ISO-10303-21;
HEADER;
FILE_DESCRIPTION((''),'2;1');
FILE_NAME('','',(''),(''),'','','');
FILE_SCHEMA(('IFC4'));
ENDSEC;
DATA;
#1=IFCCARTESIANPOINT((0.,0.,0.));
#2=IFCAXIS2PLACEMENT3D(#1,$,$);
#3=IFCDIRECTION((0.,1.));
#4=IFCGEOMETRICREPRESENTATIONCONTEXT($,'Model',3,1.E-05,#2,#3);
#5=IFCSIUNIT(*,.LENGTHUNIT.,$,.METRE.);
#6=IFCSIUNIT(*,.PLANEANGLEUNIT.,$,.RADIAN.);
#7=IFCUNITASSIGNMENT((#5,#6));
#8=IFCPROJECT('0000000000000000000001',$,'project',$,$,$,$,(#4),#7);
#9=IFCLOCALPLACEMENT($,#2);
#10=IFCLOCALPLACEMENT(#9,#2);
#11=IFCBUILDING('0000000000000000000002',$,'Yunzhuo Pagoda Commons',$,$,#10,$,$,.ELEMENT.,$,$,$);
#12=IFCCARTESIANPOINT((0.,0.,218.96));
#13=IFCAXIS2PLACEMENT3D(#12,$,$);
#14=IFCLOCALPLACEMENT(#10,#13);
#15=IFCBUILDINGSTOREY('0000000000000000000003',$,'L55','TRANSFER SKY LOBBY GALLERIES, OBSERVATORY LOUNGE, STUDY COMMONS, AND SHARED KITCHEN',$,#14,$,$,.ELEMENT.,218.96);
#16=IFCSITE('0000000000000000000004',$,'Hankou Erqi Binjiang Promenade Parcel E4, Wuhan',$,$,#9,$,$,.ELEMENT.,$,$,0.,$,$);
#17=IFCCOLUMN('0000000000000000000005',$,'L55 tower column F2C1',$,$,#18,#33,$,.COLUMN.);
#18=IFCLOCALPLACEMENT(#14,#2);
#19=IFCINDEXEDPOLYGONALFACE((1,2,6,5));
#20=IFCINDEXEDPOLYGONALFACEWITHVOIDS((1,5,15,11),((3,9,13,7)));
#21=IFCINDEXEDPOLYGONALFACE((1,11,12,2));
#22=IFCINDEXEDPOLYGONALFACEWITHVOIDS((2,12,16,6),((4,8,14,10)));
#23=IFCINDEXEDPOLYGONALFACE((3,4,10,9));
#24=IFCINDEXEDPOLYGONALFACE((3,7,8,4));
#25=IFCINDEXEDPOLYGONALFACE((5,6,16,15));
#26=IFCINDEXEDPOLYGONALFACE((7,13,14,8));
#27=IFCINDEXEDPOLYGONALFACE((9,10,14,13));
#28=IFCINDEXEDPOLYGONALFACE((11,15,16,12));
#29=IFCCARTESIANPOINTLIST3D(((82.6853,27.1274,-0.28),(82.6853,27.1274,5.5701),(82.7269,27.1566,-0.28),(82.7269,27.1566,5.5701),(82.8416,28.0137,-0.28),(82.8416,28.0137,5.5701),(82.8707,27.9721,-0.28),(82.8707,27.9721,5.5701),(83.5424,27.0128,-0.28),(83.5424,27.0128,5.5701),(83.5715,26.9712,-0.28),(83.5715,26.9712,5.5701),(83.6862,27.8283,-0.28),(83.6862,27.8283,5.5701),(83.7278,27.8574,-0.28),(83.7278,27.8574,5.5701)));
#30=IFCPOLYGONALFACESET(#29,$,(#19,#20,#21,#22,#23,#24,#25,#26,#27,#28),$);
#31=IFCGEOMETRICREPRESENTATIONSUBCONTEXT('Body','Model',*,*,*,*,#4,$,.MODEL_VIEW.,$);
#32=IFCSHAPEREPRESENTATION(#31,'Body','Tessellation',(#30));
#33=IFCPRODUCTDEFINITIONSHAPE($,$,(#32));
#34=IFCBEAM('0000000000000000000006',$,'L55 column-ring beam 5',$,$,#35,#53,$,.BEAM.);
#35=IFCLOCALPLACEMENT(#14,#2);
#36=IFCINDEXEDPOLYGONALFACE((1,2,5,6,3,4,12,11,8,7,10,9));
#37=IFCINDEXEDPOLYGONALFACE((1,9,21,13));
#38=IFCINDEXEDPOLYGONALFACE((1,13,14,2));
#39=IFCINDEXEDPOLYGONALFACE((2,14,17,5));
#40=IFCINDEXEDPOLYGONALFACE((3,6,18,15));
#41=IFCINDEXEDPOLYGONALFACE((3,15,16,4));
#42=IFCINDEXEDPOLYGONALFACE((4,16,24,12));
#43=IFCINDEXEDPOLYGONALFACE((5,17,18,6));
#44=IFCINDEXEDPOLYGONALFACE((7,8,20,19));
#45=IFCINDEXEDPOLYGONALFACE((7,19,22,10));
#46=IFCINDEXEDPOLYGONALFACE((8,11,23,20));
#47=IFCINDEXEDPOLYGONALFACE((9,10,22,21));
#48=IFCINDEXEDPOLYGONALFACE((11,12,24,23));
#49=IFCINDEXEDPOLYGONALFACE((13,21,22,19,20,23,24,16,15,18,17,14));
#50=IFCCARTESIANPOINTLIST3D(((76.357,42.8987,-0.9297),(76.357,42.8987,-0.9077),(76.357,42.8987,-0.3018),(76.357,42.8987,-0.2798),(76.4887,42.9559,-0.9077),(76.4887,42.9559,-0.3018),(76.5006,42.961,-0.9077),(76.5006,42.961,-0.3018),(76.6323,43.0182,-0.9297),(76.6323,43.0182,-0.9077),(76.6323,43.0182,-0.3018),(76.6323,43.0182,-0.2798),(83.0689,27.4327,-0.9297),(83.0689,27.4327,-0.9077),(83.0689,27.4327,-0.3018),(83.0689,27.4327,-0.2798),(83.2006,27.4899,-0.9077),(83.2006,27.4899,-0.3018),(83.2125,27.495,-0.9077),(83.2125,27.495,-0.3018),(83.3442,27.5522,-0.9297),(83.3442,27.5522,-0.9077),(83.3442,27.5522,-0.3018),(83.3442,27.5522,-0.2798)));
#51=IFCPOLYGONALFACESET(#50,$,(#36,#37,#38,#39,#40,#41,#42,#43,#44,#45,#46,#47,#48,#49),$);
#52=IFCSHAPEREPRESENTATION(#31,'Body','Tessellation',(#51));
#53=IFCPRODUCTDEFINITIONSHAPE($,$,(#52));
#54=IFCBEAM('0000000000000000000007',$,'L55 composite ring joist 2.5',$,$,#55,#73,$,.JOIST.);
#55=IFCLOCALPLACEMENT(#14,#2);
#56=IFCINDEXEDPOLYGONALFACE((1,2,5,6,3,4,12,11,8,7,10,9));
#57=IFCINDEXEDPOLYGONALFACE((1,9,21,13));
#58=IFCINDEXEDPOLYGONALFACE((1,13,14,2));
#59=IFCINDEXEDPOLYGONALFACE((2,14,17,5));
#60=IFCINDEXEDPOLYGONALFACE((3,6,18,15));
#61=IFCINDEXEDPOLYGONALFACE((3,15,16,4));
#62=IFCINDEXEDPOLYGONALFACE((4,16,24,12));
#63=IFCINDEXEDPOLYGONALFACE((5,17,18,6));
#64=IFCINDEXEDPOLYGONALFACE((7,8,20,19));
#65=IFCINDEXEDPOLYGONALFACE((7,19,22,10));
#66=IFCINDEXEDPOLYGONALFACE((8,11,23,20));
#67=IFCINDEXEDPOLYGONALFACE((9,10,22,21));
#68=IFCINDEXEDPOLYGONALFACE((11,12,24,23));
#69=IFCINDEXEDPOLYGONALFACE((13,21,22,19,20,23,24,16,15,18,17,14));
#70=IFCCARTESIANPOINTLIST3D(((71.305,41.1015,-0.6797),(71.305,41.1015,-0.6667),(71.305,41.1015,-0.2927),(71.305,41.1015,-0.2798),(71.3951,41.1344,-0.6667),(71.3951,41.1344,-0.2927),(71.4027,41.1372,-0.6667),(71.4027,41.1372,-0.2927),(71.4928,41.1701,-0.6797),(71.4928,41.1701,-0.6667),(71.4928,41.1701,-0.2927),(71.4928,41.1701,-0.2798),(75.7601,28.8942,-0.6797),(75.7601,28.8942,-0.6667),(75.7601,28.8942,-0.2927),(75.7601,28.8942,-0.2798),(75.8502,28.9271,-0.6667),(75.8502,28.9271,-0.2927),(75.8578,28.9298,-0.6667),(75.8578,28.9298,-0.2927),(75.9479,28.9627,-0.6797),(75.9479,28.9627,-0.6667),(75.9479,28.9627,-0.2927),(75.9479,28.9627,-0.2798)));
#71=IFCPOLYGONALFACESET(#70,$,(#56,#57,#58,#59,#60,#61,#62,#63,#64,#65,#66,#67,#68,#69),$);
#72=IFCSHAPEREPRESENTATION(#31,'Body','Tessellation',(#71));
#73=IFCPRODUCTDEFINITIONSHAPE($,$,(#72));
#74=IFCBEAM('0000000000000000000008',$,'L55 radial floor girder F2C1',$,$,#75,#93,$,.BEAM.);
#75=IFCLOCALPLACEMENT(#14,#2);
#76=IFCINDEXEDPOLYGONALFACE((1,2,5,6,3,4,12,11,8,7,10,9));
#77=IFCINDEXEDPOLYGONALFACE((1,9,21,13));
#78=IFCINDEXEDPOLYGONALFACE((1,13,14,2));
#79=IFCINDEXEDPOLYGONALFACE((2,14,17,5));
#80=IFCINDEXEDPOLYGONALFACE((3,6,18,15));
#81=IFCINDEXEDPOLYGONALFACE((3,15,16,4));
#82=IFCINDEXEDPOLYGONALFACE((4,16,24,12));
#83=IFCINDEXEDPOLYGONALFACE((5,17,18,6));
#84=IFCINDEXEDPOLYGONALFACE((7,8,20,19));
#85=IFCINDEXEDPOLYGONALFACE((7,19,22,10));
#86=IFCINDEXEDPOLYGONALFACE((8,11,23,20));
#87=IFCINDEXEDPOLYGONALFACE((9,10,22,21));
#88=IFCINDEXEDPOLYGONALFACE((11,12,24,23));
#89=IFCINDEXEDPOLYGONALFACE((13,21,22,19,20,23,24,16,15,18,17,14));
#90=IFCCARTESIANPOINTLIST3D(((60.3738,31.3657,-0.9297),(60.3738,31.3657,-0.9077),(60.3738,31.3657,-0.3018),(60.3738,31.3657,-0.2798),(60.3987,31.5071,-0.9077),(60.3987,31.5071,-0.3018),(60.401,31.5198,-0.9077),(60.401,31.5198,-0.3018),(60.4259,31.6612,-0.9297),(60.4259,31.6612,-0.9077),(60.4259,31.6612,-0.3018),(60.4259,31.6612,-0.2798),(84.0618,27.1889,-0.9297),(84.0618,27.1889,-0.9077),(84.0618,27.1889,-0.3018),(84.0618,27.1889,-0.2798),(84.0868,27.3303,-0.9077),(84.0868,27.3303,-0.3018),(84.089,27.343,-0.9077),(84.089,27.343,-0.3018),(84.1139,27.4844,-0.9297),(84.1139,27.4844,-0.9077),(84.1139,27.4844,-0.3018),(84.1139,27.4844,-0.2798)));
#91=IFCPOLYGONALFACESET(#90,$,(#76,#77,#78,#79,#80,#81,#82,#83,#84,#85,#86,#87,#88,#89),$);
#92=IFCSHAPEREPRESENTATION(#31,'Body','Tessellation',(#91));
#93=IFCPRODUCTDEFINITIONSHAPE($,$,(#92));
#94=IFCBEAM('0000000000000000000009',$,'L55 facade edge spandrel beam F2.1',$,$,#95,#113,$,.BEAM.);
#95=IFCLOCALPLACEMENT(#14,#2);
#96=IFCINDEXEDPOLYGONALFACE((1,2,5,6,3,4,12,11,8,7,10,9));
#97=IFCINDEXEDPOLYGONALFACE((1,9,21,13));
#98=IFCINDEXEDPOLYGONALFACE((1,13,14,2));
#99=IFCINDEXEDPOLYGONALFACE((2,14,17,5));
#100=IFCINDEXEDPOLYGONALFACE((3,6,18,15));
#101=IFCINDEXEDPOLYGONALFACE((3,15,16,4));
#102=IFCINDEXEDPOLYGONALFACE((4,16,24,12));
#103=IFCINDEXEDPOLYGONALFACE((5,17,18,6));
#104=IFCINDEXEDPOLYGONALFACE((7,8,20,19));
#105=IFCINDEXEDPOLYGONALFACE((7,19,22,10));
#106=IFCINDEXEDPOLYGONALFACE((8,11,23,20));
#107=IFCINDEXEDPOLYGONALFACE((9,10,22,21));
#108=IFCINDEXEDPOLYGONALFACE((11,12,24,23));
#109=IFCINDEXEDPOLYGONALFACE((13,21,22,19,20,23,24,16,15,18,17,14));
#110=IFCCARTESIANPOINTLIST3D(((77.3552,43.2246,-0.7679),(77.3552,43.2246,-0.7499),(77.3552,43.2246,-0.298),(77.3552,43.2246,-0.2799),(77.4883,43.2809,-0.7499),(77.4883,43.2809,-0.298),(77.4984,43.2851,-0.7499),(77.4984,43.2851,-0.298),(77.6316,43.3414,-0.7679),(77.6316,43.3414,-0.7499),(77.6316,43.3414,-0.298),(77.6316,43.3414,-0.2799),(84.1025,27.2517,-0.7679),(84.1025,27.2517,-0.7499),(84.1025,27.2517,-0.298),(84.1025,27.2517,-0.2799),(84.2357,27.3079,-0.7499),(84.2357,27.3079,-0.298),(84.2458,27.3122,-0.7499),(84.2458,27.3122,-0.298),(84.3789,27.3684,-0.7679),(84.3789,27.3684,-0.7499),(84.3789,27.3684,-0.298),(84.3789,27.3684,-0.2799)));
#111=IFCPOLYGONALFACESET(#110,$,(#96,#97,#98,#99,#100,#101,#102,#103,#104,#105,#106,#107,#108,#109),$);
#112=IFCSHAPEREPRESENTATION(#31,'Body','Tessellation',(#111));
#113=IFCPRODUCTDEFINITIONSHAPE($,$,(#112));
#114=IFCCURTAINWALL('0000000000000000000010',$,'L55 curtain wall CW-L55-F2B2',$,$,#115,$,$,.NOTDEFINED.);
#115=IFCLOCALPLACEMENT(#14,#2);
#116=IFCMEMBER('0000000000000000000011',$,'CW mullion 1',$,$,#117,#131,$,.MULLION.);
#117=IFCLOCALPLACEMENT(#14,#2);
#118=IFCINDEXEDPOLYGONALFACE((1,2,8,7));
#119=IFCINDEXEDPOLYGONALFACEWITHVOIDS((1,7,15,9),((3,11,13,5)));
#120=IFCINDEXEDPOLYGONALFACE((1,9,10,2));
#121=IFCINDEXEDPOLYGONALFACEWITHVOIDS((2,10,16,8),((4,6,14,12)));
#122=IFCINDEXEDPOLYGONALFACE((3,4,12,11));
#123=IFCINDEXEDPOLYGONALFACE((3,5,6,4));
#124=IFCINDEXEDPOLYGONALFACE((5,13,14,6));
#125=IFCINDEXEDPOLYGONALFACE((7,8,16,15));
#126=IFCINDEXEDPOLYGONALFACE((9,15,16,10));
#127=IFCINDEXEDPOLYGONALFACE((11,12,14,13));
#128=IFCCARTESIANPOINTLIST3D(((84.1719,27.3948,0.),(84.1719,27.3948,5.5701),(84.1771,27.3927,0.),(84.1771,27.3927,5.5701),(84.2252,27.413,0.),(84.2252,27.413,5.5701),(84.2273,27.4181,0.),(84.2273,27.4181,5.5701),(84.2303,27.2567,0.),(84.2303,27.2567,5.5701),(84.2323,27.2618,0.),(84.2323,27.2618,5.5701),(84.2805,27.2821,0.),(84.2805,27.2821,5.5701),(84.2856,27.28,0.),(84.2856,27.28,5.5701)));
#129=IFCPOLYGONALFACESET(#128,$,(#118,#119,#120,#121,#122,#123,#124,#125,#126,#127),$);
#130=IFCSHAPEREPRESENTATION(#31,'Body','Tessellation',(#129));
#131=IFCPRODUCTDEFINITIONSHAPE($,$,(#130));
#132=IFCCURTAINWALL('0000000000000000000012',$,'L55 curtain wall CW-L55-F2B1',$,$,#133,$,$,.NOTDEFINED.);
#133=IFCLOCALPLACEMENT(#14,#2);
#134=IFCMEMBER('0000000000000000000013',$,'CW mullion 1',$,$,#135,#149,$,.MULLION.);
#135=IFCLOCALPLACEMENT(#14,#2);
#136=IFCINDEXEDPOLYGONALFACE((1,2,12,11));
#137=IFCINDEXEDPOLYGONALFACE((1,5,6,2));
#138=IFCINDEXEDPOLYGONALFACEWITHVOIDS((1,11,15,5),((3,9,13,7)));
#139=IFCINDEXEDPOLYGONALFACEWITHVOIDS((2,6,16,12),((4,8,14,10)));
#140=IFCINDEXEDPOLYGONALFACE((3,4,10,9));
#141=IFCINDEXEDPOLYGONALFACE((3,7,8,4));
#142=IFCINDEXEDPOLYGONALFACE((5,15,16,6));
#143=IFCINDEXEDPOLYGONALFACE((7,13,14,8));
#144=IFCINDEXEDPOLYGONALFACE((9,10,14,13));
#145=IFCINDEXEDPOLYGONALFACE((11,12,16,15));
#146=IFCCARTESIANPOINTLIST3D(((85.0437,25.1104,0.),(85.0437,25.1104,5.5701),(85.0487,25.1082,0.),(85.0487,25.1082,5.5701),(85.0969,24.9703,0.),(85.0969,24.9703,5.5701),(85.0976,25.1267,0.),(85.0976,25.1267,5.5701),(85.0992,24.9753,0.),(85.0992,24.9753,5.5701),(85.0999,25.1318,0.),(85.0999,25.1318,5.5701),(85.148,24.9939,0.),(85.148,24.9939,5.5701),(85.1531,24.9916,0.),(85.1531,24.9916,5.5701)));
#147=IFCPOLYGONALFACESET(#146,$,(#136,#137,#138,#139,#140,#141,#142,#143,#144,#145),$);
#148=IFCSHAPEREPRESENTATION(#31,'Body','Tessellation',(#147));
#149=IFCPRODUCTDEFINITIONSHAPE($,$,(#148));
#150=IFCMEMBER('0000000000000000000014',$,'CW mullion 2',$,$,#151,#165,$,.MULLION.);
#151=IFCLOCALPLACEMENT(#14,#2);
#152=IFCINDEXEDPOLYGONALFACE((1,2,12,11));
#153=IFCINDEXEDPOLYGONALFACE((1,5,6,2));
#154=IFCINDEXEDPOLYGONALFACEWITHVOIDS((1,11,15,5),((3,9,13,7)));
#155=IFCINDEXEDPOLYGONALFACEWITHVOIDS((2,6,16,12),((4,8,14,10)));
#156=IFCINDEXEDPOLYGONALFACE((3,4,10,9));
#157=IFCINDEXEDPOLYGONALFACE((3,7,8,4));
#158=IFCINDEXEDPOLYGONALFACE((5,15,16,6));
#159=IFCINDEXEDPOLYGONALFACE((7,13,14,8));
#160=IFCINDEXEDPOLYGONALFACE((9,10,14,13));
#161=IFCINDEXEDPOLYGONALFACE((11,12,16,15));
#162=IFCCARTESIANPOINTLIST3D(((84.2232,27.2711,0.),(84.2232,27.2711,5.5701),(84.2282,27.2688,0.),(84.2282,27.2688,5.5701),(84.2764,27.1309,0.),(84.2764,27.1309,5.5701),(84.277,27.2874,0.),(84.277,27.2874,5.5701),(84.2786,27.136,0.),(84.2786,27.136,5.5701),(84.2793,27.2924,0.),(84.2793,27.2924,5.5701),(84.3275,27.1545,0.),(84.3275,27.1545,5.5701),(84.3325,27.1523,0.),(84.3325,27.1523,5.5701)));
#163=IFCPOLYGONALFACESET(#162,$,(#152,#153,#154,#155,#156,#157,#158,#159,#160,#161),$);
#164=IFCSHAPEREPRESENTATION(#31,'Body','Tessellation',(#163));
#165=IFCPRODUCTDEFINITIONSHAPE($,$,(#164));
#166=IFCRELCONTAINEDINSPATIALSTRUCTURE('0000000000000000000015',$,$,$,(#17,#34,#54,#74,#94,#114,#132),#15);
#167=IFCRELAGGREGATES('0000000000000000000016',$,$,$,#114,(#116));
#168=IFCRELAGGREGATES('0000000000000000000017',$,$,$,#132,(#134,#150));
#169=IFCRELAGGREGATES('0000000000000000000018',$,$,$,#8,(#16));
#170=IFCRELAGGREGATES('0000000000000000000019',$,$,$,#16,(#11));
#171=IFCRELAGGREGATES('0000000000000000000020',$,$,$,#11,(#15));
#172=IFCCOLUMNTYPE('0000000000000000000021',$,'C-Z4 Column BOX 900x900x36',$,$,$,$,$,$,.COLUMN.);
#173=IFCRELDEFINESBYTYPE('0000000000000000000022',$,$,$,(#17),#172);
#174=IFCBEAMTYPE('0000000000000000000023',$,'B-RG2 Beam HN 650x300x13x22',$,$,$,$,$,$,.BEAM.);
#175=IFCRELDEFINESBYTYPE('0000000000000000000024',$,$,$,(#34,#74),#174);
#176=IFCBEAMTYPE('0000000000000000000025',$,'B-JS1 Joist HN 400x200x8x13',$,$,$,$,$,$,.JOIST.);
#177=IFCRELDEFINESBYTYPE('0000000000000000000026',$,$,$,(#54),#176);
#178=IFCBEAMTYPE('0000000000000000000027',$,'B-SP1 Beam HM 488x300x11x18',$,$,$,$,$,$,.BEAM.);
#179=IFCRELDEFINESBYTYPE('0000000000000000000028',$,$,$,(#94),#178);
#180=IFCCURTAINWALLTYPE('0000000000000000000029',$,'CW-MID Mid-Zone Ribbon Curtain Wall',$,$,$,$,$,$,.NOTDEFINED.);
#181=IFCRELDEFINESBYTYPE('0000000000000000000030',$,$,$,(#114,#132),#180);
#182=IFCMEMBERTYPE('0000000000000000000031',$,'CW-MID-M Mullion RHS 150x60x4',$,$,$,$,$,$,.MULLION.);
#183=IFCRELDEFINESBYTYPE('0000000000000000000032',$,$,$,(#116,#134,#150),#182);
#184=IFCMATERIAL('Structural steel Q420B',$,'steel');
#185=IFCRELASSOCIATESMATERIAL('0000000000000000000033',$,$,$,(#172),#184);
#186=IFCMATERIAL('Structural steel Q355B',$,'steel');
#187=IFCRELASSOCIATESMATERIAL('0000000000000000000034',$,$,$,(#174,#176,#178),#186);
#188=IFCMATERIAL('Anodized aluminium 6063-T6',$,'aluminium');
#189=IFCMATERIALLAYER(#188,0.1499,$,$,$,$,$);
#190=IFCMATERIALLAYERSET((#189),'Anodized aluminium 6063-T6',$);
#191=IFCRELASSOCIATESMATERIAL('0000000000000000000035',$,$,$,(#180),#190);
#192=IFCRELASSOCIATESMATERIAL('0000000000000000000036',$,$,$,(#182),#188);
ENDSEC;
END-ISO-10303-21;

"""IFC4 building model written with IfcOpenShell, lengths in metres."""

from ifc_helpers import new_model, si_unit, direction, frame, origin, origin_2d, place, context, subcontext, project, spatial, hollow_rectangle, i_section, extrude, source, transform, mapped, material, layer, layer_set, material_profile, profile_set, type_object, element, aggregate, save


model = new_model("IFC4")

# Units and contexts
model_context = context("Model", 3, precision=1e-05, world=origin(), true_north=direction((0.0, 1.0)))
body_context = subcontext(model_context, "Body", "Model", "MODEL_VIEW")
ifc_project = project(units=[si_unit("LENGTHUNIT", "METRE"), si_unit("PLANEANGLEUNIT", "RADIAN")], contexts=[model_context])

# Site, building, storey
site_placement = place(None, origin())
site = spatial("IfcSite", under=ifc_project, at=site_placement, Name="Hankou Erqi Binjiang Promenade Parcel E4, Wuhan", CompositionType="ELEMENT", RefElevation=0.0)
building_placement = place(site_placement, origin())
building = spatial("IfcBuilding", under=site, at=building_placement, Name="Yunzhuo Pagoda Commons", CompositionType="ELEMENT")
storey_placement = place(building_placement, frame((0.0, 0.0, 218.96)))
storey = spatial("IfcBuildingStorey", under=building, at=storey_placement, Name="L55", Description="TRANSFER SKY LOBBY GALLERIES, OBSERVATORY LOUNGE, STUDY COMMONS, AND SHARED KITCHEN", CompositionType="ELEMENT", Elevation=218.96)

# Column
ifc_material_1 = material(Name="Structural steel Q420B", Category="steel")
ifc_material_profile_1 = material_profile(ifc_material_1, hollow_rectangle(XDim=0.8999, YDim=0.8999, WallThickness=0.0359, at=origin_2d()), Name="Structural steel Q420B")
ifc_profile_set_1 = profile_set([ifc_material_profile_1], Name="Structural steel Q420B")
column_type = type_object("IfcColumnType", Name="C-Z4 Column BOX 900x900x36", PredefinedType="COLUMN", material=ifc_profile_set_1)
shared_shape_1 = source(origin(), body_context, "Body", "SweptSolid", [
    extrude(hollow_rectangle(XDim=0.8999, YDim=0.8999, WallThickness=0.0359, at=origin_2d()), origin(), (0.0, 0.0, 1.0), 5.8501),
])
column_placement = place(storey_placement, frame((83.2065, 27.4924, -0.28), z_axis=(0.0, 0.0, 1.0), x_axis=(0.173648, 0.984808, 0.0)))
element("IfcColumn", 1, at=column_placement, inside=storey, type_object=column_type, Name="L55 tower column F2C1", PredefinedType="COLUMN", context=body_context, shape_type="MappedRepresentation", body=[
    mapped(shared_shape_1, transform((0.0, 0.0, 0.0), scale=1.0)),
])

# Beams
ifc_material_2 = material(Name="Structural steel Q355B", Category="steel")
ifc_material_profile_2 = material_profile(ifc_material_2, i_section(OverallWidth=0.3, OverallDepth=0.6499, WebThickness=0.0129, FlangeThickness=0.022, at=origin_2d()), Name="Structural steel Q355B")
ifc_profile_set_2 = profile_set([ifc_material_profile_2], Name="Structural steel Q355B")
beam_type_1 = type_object("IfcBeamType", Name="B-RG2 Beam HN 650x300x13x22", PredefinedType="BEAM", material=ifc_profile_set_2)
shared_shape_2 = source(origin(), body_context, "Body", "SweptSolid", [
    extrude(i_section(OverallWidth=0.3, OverallDepth=0.6499, WebThickness=0.0129, FlangeThickness=0.022, at=origin_2d()), origin(), (0.0, 0.0, 1.0), 16.8596),
])
beam_1_placement = place(storey_placement, frame((83.2065, 27.4924, -0.6047), z_axis=(-0.398104, 0.91734, 0.0), x_axis=(-0.91734, -0.398104, 0.0)))
element("IfcBeam", 2, at=beam_1_placement, inside=storey, type_object=beam_type_1, Name="L55 column-ring beam 5", PredefinedType="BEAM", context=body_context, shape_type="MappedRepresentation", body=[
    mapped(shared_shape_2, transform((0.0, 0.0, 0.0), scale=1.0)),
])
ifc_material_profile_3 = material_profile(ifc_material_2, i_section(OverallWidth=0.2, OverallDepth=0.3999, WebThickness=0.0081, FlangeThickness=0.0129, at=origin_2d()), Name="Structural steel Q355B")
ifc_profile_set_3 = profile_set([ifc_material_profile_3], Name="Structural steel Q355B")
beam_type_2 = type_object("IfcBeamType", Name="B-JS1 Joist HN 400x200x8x13", PredefinedType="JOIST", material=ifc_profile_set_3)
shared_shape_3 = source(origin(), body_context, "Body", "SweptSolid", [
    extrude(i_section(OverallWidth=0.2, OverallDepth=0.3999, WebThickness=0.0081, FlangeThickness=0.0129, at=origin_2d()), origin(), (0.0, 0.0, 1.0), 12.9949),
])
beam_2_placement = place(storey_placement, frame((75.854, 28.9285, -0.4797), z_axis=(-0.342835, 0.939396, 0.0), x_axis=(-0.939396, -0.342835, 0.0)))
element("IfcBeam", 3, at=beam_2_placement, inside=storey, type_object=beam_type_2, Name="L55 composite ring joist 2.5", PredefinedType="JOIST", context=body_context, shape_type="MappedRepresentation", body=[
    mapped(shared_shape_3, transform((0.0, 0.0, 0.0), scale=1.0)),
])
shared_shape_4 = source(origin(), body_context, "Body", "SweptSolid", [
    extrude(i_section(OverallWidth=0.3, OverallDepth=0.6499, WebThickness=0.0129, FlangeThickness=0.022, at=origin_2d()), origin(), (0.0, 0.0, 1.0), 24.0535),
])
beam_3_placement = place(storey_placement, frame((84.0879, 27.3367, -0.6047), z_axis=(-0.984808, 0.173645, 0.0), x_axis=(-0.173645, -0.984808, 0.0)))
element("IfcBeam", 4, at=beam_3_placement, inside=storey, type_object=beam_type_1, Name="L55 radial floor girder F2C1", PredefinedType="BEAM", context=body_context, shape_type="MappedRepresentation", body=[
    mapped(shared_shape_4, transform((0.0, 0.0, 0.0), scale=1.0)),
])
ifc_material_profile_4 = material_profile(ifc_material_2, i_section(OverallWidth=0.3, OverallDepth=0.488, WebThickness=0.011, FlangeThickness=0.0181, at=origin_2d()), Name="Structural steel Q355B")
ifc_profile_set_4 = profile_set([ifc_material_profile_4], Name="Structural steel Q355B")
beam_type_3 = type_object("IfcBeamType", Name="B-SP1 Beam HM 488x300x11x18", PredefinedType="BEAM", material=ifc_profile_set_4)
shared_shape_5 = source(origin(), body_context, "Body", "SweptSolid", [
    extrude(i_section(OverallWidth=0.3, OverallDepth=0.488, WebThickness=0.011, FlangeThickness=0.0181, at=origin_2d()), origin(), (0.0, 0.0, 1.0), 17.3396),
])
beam_4_placement = place(storey_placement, frame((84.2407, 27.3101, -0.5239), z_axis=(-0.389129, 0.921183, 0.0), x_axis=(-0.921183, -0.389129, 0.0)))
element("IfcBeam", 5, at=beam_4_placement, inside=storey, type_object=beam_type_3, Name="L55 facade edge spandrel beam F2.1", PredefinedType="BEAM", context=body_context, shape_type="MappedRepresentation", body=[
    mapped(shared_shape_5, transform((0.0, 0.0, 0.0), scale=1.0)),
])

# Curtain wall, member
ifc_material_3 = material(Name="Anodized aluminium 6063-T6", Category="aluminium")
ifc_layer_1 = layer(ifc_material_3, 0.1499)
ifc_layer_set_1 = layer_set([ifc_layer_1], Name="Anodized aluminium 6063-T6")
curtain_wall_type_1 = type_object("IfcCurtainWallType", Name="CW-MID Mid-Zone Ribbon Curtain Wall", PredefinedType="NOTDEFINED", material=ifc_layer_set_1)
curtain_wall_1_placement = place(storey_placement, origin())
curtain_wall_1 = element("IfcCurtainWall", 6, at=curtain_wall_1_placement, inside=storey, type_object=curtain_wall_type_1, Name="L55 curtain wall CW-L55-F2B2", PredefinedType="NOTDEFINED")
ifc_material_profile_5 = material_profile(ifc_material_3, hollow_rectangle(XDim=0.0601, YDim=0.1499, WallThickness=0.0039, at=origin_2d()), Name="Anodized aluminium 6063-T6")
ifc_profile_set_5 = profile_set([ifc_material_profile_5], Name="Anodized aluminium 6063-T6")
member_type_1 = type_object("IfcMemberType", Name="CW-MID-M Mullion RHS 150x60x4", PredefinedType="MULLION", material=ifc_profile_set_5)
shared_shape_6 = source(origin(), body_context, "Body", "SweptSolid", [
    extrude(hollow_rectangle(XDim=0.0601, YDim=0.1499, WallThickness=0.0039, at=origin_2d()), origin(), (0.0, 0.0, 1.0), 5.5701),
])
member_1_placement = place(storey_placement, frame((84.2288, 27.3374, 0.0), z_axis=(0.0, 0.0, 1.0), x_axis=(-0.921188, -0.389117, 0.0)))
member_1 = element("IfcMember", 7, at=member_1_placement, type_object=member_type_1, Name="CW mullion 1", PredefinedType="MULLION", context=body_context, shape_type="MappedRepresentation", body=[
    mapped(shared_shape_6, transform((0.0, 0.0, 0.0), scale=1.0)),
])

# Curtain wall, members
curtain_wall_2_placement = place(storey_placement, origin())
curtain_wall_2 = element("IfcCurtainWall", 8, at=curtain_wall_2_placement, inside=storey, type_object=curtain_wall_type_1, Name="L55 curtain wall CW-L55-F2B1", PredefinedType="NOTDEFINED")
member_2_placement = place(storey_placement, frame((85.0984, 25.051, 0.0), z_axis=(0.0, 0.0, 1.0), x_axis=(-0.934883, -0.354957, 0.0)))
member_2 = element("IfcMember", 9, at=member_2_placement, type_object=member_type_1, Name="CW mullion 1", PredefinedType="MULLION", context=body_context, shape_type="MappedRepresentation", body=[
    mapped(shared_shape_6, transform((0.0, 0.0, 0.0), scale=1.0)),
])
member_3_placement = place(storey_placement, frame((84.2778, 27.2117, 0.0), z_axis=(0.0, 0.0, 1.0), x_axis=(-0.934883, -0.354957, 0.0)))
member_3 = element("IfcMember", 10, at=member_3_placement, type_object=member_type_1, Name="CW mullion 2", PredefinedType="MULLION", context=body_context, shape_type="MappedRepresentation", body=[
    mapped(shared_shape_6, transform((0.0, 0.0, 0.0), scale=1.0)),
])

aggregate(curtain_wall_1, [member_1])
aggregate(curtain_wall_2, [member_2, member_3])

save(model, "model.ifc")
